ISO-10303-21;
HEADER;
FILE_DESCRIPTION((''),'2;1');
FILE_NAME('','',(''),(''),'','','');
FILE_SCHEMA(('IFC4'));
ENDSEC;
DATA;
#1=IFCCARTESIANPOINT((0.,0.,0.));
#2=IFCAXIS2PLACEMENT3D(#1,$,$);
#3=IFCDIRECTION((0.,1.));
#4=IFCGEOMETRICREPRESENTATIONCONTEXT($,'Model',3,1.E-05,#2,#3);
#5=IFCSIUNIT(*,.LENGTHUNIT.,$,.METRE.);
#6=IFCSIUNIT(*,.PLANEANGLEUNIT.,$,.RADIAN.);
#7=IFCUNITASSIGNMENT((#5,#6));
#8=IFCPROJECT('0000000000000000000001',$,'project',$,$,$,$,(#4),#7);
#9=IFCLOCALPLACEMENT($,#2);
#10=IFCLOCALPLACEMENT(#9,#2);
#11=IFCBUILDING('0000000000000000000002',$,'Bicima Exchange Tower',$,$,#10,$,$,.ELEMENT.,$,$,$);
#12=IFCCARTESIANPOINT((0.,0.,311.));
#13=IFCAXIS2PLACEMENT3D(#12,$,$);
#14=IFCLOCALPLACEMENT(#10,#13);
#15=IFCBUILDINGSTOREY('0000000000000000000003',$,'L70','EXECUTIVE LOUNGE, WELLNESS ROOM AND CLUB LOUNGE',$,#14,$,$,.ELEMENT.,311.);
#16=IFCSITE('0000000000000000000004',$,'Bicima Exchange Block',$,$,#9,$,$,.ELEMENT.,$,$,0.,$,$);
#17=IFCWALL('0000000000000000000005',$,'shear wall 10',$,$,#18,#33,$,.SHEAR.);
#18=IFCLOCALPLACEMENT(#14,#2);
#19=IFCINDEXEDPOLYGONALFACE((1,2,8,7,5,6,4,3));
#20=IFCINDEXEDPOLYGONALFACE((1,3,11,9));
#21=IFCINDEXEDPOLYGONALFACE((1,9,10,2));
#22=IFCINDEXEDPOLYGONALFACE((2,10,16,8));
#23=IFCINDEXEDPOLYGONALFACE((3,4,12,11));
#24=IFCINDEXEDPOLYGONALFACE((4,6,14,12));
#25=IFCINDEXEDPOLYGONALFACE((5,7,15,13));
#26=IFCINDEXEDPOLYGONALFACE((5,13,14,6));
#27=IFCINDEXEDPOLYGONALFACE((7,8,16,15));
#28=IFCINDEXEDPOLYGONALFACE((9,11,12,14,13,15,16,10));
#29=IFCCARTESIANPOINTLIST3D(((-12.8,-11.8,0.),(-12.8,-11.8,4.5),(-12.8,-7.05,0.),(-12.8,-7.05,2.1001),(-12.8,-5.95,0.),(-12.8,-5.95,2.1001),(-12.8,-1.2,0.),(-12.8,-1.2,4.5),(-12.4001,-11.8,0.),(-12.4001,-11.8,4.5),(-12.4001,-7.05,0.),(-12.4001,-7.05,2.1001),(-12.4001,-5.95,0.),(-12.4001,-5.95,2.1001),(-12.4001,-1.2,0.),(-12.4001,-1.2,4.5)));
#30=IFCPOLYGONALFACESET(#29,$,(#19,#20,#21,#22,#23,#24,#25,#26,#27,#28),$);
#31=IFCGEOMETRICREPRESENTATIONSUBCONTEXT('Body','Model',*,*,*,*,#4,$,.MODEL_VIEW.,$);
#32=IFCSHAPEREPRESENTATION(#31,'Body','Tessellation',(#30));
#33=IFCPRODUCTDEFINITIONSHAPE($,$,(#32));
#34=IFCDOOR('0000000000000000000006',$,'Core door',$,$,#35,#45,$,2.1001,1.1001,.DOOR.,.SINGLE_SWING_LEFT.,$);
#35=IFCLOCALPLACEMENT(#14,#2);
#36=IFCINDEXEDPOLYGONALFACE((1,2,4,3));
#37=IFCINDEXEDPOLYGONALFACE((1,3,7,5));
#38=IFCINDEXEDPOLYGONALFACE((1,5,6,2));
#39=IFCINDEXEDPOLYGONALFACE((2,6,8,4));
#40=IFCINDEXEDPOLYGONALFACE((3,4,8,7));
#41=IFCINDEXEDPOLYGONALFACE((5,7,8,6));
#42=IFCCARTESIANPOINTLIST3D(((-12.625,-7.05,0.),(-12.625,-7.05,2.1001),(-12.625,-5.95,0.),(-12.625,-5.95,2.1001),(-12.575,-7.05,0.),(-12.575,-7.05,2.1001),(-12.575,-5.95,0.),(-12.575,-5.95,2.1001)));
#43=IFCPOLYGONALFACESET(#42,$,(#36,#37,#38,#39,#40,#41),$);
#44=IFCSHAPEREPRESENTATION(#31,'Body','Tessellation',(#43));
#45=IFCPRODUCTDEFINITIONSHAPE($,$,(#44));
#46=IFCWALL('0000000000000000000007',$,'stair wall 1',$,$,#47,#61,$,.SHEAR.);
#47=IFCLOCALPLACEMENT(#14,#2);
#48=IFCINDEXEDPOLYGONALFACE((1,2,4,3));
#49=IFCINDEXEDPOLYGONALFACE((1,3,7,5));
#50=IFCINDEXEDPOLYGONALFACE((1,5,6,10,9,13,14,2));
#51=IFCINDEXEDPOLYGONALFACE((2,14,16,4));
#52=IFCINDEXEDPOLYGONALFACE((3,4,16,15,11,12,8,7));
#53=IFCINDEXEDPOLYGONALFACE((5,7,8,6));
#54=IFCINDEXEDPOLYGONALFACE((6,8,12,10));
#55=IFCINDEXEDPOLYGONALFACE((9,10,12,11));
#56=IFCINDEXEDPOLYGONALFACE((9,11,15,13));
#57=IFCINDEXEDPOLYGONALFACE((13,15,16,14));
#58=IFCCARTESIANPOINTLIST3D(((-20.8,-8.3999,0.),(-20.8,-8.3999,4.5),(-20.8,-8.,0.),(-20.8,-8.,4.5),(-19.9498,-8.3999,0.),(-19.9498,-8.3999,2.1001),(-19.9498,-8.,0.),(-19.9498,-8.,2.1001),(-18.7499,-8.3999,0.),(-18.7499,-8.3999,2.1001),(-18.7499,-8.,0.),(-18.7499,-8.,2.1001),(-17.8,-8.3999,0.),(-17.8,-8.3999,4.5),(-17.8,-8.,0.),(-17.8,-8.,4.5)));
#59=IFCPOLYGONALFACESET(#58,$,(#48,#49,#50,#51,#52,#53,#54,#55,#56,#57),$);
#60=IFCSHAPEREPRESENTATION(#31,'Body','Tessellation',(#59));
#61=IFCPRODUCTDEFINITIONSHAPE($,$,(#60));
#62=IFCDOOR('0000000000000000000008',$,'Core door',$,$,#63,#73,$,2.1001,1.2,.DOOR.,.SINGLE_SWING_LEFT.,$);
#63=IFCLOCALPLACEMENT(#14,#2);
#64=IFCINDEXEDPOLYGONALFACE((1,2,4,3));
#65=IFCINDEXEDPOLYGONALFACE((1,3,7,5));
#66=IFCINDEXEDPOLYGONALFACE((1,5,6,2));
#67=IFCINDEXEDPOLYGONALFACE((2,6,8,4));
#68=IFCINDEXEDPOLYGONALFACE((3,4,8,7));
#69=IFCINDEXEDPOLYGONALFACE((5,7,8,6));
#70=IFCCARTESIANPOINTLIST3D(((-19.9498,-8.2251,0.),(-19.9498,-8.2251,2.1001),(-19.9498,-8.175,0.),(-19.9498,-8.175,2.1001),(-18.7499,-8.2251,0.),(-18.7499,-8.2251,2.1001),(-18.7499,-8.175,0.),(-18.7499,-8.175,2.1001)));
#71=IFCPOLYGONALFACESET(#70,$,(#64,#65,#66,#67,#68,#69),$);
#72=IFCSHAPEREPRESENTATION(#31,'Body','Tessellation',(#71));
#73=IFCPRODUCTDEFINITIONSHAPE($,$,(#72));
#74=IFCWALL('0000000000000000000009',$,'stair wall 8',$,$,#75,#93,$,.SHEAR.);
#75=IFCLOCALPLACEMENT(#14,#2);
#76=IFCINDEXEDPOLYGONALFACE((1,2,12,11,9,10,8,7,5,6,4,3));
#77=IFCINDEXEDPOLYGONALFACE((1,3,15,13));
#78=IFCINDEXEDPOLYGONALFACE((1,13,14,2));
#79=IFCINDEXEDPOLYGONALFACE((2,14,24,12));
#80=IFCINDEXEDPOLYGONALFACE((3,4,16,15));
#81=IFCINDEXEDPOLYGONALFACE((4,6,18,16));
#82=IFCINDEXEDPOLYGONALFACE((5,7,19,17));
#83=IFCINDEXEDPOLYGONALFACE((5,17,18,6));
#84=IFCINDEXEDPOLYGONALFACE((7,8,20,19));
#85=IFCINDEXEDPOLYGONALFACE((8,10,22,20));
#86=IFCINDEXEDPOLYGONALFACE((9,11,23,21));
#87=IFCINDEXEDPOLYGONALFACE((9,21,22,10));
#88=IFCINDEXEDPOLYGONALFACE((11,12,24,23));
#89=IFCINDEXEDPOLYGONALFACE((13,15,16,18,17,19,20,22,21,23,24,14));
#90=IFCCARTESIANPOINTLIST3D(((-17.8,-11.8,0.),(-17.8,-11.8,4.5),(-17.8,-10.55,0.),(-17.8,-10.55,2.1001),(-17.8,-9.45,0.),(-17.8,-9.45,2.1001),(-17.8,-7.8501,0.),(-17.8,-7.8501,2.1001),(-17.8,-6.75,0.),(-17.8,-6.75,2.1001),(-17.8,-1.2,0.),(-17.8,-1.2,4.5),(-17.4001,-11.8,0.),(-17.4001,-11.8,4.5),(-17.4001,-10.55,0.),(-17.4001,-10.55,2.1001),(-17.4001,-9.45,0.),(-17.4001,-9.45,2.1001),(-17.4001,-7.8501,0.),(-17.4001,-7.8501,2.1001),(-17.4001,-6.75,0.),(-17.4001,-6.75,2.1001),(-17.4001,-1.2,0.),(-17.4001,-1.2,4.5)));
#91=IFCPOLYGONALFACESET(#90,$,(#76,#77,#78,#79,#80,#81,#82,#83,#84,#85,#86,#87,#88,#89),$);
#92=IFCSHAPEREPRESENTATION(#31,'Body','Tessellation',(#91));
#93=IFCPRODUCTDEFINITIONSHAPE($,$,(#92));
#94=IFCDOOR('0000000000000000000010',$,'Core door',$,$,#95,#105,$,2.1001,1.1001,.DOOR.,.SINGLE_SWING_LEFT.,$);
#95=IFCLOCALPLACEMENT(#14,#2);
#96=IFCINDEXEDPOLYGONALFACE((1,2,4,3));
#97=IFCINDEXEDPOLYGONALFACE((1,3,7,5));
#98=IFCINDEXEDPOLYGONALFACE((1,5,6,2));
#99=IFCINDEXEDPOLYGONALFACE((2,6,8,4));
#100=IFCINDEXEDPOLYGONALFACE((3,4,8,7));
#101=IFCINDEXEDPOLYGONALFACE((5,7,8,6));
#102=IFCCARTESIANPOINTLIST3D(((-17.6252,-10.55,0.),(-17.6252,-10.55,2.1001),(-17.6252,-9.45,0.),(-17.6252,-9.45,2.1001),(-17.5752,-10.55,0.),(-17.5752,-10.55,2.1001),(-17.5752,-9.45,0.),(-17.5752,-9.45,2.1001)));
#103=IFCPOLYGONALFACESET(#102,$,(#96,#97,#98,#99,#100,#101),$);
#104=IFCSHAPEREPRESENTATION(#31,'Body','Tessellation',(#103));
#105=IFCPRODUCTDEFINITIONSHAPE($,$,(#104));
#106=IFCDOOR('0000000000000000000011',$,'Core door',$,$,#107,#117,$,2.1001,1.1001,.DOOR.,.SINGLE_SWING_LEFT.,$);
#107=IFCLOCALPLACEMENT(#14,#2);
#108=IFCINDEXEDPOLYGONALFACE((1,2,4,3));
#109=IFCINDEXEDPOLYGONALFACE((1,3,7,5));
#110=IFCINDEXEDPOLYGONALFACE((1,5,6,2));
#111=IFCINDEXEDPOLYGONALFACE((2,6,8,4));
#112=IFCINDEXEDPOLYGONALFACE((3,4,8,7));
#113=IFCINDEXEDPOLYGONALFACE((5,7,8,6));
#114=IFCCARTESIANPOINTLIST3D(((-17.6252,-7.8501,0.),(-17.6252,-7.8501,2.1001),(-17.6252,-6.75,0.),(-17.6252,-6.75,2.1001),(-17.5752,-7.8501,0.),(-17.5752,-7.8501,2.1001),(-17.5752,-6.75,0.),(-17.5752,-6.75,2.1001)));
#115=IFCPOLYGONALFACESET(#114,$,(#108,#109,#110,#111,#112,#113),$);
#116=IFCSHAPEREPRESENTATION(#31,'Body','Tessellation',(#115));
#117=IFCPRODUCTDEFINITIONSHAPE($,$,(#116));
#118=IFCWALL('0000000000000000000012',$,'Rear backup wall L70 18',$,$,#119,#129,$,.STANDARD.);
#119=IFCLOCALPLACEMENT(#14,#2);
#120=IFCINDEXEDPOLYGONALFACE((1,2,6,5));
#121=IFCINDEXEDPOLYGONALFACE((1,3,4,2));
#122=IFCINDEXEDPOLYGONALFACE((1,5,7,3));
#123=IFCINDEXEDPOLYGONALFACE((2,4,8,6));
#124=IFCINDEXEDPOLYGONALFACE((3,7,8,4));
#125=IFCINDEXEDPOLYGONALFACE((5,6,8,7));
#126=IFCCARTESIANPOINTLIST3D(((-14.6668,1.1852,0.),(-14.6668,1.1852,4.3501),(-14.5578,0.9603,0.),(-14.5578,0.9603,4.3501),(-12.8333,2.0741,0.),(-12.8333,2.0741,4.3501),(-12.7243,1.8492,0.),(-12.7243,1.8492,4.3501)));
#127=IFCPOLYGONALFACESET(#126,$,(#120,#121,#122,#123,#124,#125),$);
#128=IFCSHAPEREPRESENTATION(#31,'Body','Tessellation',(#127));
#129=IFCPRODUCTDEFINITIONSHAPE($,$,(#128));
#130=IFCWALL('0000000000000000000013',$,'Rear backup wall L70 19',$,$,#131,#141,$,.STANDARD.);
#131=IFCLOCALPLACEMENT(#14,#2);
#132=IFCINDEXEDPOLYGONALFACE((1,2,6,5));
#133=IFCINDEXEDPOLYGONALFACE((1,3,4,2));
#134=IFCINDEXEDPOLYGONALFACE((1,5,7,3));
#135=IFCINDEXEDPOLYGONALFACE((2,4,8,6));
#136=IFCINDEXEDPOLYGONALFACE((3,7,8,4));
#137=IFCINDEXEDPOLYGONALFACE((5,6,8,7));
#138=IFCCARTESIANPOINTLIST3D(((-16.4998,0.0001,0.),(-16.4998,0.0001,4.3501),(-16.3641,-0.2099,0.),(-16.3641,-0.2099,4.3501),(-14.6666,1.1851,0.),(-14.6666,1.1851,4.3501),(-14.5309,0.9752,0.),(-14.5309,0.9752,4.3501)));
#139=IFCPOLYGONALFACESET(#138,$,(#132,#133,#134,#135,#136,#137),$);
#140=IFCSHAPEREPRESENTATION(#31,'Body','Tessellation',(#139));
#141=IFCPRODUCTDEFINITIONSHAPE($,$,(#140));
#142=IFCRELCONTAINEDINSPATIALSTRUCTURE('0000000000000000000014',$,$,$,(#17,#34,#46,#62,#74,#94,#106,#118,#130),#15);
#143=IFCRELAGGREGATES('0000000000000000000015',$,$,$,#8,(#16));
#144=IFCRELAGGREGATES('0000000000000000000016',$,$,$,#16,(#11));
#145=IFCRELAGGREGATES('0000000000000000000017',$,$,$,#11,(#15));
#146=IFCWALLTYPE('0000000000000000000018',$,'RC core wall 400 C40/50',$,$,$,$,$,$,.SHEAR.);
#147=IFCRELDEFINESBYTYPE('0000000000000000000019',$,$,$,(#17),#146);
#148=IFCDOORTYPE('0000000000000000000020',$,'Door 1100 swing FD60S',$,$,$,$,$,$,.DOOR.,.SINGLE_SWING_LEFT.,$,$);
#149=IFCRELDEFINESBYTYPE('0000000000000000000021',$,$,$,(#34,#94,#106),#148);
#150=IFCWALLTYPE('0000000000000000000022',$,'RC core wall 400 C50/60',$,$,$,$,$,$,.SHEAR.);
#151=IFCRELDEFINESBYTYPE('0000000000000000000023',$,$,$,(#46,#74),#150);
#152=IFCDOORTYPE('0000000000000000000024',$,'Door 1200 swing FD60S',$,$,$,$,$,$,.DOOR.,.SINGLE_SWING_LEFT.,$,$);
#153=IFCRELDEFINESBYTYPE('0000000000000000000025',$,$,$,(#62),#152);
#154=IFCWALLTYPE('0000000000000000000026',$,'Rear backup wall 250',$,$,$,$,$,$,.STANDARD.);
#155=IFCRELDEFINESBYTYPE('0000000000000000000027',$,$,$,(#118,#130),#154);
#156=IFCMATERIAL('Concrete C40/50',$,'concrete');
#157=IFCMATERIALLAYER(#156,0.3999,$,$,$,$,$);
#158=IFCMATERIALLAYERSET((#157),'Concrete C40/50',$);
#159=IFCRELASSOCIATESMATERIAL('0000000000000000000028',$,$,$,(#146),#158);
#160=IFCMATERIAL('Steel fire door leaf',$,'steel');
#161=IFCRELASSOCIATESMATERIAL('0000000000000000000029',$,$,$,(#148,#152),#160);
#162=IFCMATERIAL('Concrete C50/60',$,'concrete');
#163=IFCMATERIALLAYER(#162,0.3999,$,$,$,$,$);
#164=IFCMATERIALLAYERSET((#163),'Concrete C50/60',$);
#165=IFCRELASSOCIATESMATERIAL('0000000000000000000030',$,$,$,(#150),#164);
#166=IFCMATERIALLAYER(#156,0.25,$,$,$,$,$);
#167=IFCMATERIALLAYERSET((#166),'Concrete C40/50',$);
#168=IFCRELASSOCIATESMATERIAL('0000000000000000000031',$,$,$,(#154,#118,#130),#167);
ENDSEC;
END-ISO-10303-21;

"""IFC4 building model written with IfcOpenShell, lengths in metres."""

from ifc_helpers import new_model, si_unit, direction, frame, frame_2d, origin, place, context, subcontext, project, spatial, rectangle, extrude, material, layer, layer_set, layer_usage, type_object, element, fill, save


model = new_model("IFC4")

# Units and contexts
model_context = context("Model", 3, precision=1e-05, world=origin(), true_north=direction((0.0, 1.0)))
body_context = subcontext(model_context, "Body", "Model", "MODEL_VIEW")
ifc_project = project(units=[si_unit("LENGTHUNIT", "METRE"), si_unit("PLANEANGLEUNIT", "RADIAN")], contexts=[model_context])

# Site, building, storey
site_placement = place(None, origin())
site = spatial("IfcSite", under=ifc_project, at=site_placement, Name="Bicima Exchange Block", CompositionType="ELEMENT", RefElevation=0.0)
building_placement = place(site_placement, origin())
building = spatial("IfcBuilding", under=site, at=building_placement, Name="Bicima Exchange Tower", CompositionType="ELEMENT")
storey_placement = place(building_placement, frame((0.0, 0.0, 311.0)))
storey = spatial("IfcBuildingStorey", under=building, at=storey_placement, Name="L70", Description="EXECUTIVE LOUNGE, WELLNESS ROOM AND CLUB LOUNGE", CompositionType="ELEMENT", Elevation=311.0)

# Shared definitions
ifc_material_1 = material(Name="Concrete C40/50", Category="concrete")
ifc_layer_1 = layer(ifc_material_1, 0.3999)
ifc_layer_set_1 = layer_set([ifc_layer_1], Name="Concrete C40/50")
wall_type_1 = type_object("IfcWallType", Name="RC core wall 400 C40/50", PredefinedType="SHEAR", material=ifc_layer_set_1)

# Shared definitions
ifc_material_2 = material(Name="Steel fire door leaf", Category="steel")

# Walls, openings, doors
wall_1_placement = place(storey_placement, frame((-12.6001, -11.8, 0.0), z_axis=(0.0, 0.0, 1.0), x_axis=(0.0, 1.0, 0.0)))
wall_1 = element("IfcWall", 1, at=wall_1_placement, inside=storey, type_object=wall_type_1, Name="shear wall 10", PredefinedType="SHEAR", context=body_context, shape_type="SweptSolid", body=[
    extrude(rectangle(XDim=10.6001, YDim=0.3999, at=frame_2d((5.3, 0.0))), origin(), (0.0, 0.0, 1.0), 4.5),
])
opening_1_placement = place(wall_1_placement, frame((4.75, 0.0, 0.0)))
opening_1 = element("IfcOpeningElement", 2, at=opening_1_placement, cuts=wall_1, PredefinedType="OPENING", context=body_context, shape_type="SweptSolid", body=[
    extrude(rectangle(XDim=1.1001, YDim=2.1001, at=frame_2d((0.55, 1.05))), frame((0.0, 0.2119, 0.0), z_axis=(0.0, -1.0, 0.0), x_axis=(1.0, 0.0, 0.0)), (0.0, 0.0, 1.0), 0.4238),
])
door_type_1 = type_object("IfcDoorType", Name="Door 1100 swing FD60S", OperationType="SINGLE_SWING_LEFT", PredefinedType="DOOR", material=ifc_material_2)
door_1_placement = place(opening_1_placement, origin())
door_1 = element("IfcDoor", 3, at=door_1_placement, inside=storey, type_object=door_type_1, Name="Core door", OperationType="SINGLE_SWING_LEFT", OverallHeight=2.1001, OverallWidth=1.1001, PredefinedType="DOOR", context=body_context, shape_type="SweptSolid", body=[
    extrude(rectangle(XDim=1.1001, YDim=2.1001, at=frame_2d((0.55, 1.05))), frame((0.0, 0.0249, 0.0), z_axis=(0.0, -1.0, 0.0), x_axis=(1.0, 0.0, 0.0)), (0.0, 0.0, 1.0), 0.05),
])
fill(opening_1, door_1)
ifc_material_3 = material(Name="Concrete C50/60", Category="concrete")
ifc_layer_2 = layer(ifc_material_3, 0.3999)
ifc_layer_set_2 = layer_set([ifc_layer_2], Name="Concrete C50/60")
wall_type_2 = type_object("IfcWallType", Name="RC core wall 400 C50/60", PredefinedType="SHEAR", material=ifc_layer_set_2)
wall_2_placement = place(storey_placement, frame((-20.8, -8.2, 0.0), z_axis=(0.0, 0.0, 1.0), x_axis=(1.0, 0.0, 0.0)))
wall_2 = element("IfcWall", 4, at=wall_2_placement, inside=storey, type_object=wall_type_2, Name="stair wall 1", PredefinedType="SHEAR", context=body_context, shape_type="SweptSolid", body=[
    extrude(rectangle(XDim=3.0, YDim=0.3999, at=frame_2d((1.5, 0.0))), origin(), (0.0, 0.0, 1.0), 4.5),
])
opening_2_placement = place(wall_2_placement, frame((0.8501, 0.0, 0.0)))
opening_2 = element("IfcOpeningElement", 5, at=opening_2_placement, cuts=wall_2, PredefinedType="OPENING", context=body_context, shape_type="SweptSolid", body=[
    extrude(rectangle(XDim=1.2, YDim=2.1001, at=frame_2d((0.6001, 1.05))), frame((0.0, 0.2119, 0.0), z_axis=(0.0, -1.0, 0.0), x_axis=(1.0, 0.0, 0.0)), (0.0, 0.0, 1.0), 0.4238),
])
door_type_2 = type_object("IfcDoorType", Name="Door 1200 swing FD60S", OperationType="SINGLE_SWING_LEFT", PredefinedType="DOOR", material=ifc_material_2)
door_2_placement = place(opening_2_placement, origin())
door_2 = element("IfcDoor", 6, at=door_2_placement, inside=storey, type_object=door_type_2, Name="Core door", OperationType="SINGLE_SWING_LEFT", OverallHeight=2.1001, OverallWidth=1.2, PredefinedType="DOOR", context=body_context, shape_type="SweptSolid", body=[
    extrude(rectangle(XDim=1.2, YDim=2.1001, at=frame_2d((0.6001, 1.05))), frame((0.0, 0.0249, 0.0), z_axis=(0.0, -1.0, 0.0), x_axis=(1.0, 0.0, 0.0)), (0.0, 0.0, 1.0), 0.05),
])
fill(opening_2, door_2)

# Wall, openings, doors
wall_3_placement = place(storey_placement, frame((-17.6001, -11.8, 0.0), z_axis=(0.0, 0.0, 1.0), x_axis=(0.0, 1.0, 0.0)))
wall_3 = element("IfcWall", 7, at=wall_3_placement, inside=storey, type_object=wall_type_2, Name="stair wall 8", PredefinedType="SHEAR", context=body_context, shape_type="SweptSolid", body=[
    extrude(rectangle(XDim=10.6001, YDim=0.3999, at=frame_2d((5.3, 0.0))), origin(), (0.0, 0.0, 1.0), 4.5),
])
opening_3_placement = place(wall_3_placement, frame((1.25, 0.0, 0.0)))
opening_3 = element("IfcOpeningElement", 8, at=opening_3_placement, cuts=wall_3, PredefinedType="OPENING", context=body_context, shape_type="SweptSolid", body=[
    extrude(rectangle(XDim=1.1001, YDim=2.1001, at=frame_2d((0.55, 1.05))), frame((0.0, 0.2119, 0.0), z_axis=(0.0, -1.0, 0.0), x_axis=(1.0, 0.0, 0.0)), (0.0, 0.0, 1.0), 0.4238),
])
opening_4_placement = place(wall_3_placement, frame((3.95, 0.0, 0.0)))
opening_4 = element("IfcOpeningElement", 9, at=opening_4_placement, cuts=wall_3, PredefinedType="OPENING", context=body_context, shape_type="SweptSolid", body=[
    extrude(rectangle(XDim=1.1001, YDim=2.1001, at=frame_2d((0.55, 1.05))), frame((0.0, 0.2119, 0.0), z_axis=(0.0, -1.0, 0.0), x_axis=(1.0, 0.0, 0.0)), (0.0, 0.0, 1.0), 0.4238),
])
door_3_placement = place(opening_3_placement, frame((1.1001, 0.0, 0.0), z_axis=(0.0, 0.0, 1.0), x_axis=(-1.0, 0.0, 0.0)))
door_3 = element("IfcDoor", 10, at=door_3_placement, inside=storey, type_object=door_type_1, Name="Core door", OperationType="SINGLE_SWING_LEFT", OverallHeight=2.1001, OverallWidth=1.1001, PredefinedType="DOOR", context=body_context, shape_type="SweptSolid", body=[
    extrude(rectangle(XDim=1.1001, YDim=2.1001, at=frame_2d((0.55, 1.05))), frame((0.0, 0.0249, 0.0), z_axis=(0.0, -1.0, 0.0), x_axis=(1.0, 0.0, 0.0)), (0.0, 0.0, 1.0), 0.05),
])
fill(opening_3, door_3)
door_4_placement = place(opening_4_placement, frame((1.1001, 0.0, 0.0), z_axis=(0.0, 0.0, 1.0), x_axis=(-1.0, 0.0, 0.0)))
door_4 = element("IfcDoor", 11, at=door_4_placement, inside=storey, type_object=door_type_1, Name="Core door", OperationType="SINGLE_SWING_LEFT", OverallHeight=2.1001, OverallWidth=1.1001, PredefinedType="DOOR", context=body_context, shape_type="SweptSolid", body=[
    extrude(rectangle(XDim=1.1001, YDim=2.1001, at=frame_2d((0.55, 1.05))), frame((0.0, 0.0249, 0.0), z_axis=(0.0, -1.0, 0.0), x_axis=(1.0, 0.0, 0.0)), (0.0, 0.0, 1.0), 0.05),
])
fill(opening_4, door_4)

# Walls
ifc_layer_3 = layer(ifc_material_1, 0.25)
ifc_layer_set_3 = layer_set([ifc_layer_3], Name="Concrete C40/50")
ifc_layer_usage = layer_usage(ifc_layer_set_3, "AXIS2", "POSITIVE", -0.125)
wall_type_3 = type_object("IfcWallType", Name="Rear backup wall 250", PredefinedType="STANDARD", material=ifc_layer_set_3)
wall_4_placement = place(storey_placement, frame((-12.7788, 1.9617, 0.0), z_axis=(0.0, 0.0, 1.0), x_axis=(-0.899824, -0.436253, 0.0)))
element("IfcWall", 12, at=wall_4_placement, inside=storey, type_object=wall_type_3, material=ifc_layer_usage, Name="Rear backup wall L70 18", PredefinedType="STANDARD", context=body_context, shape_type="SweptSolid", body=[
    extrude(rectangle(XDim=2.0376, YDim=0.25, at=frame_2d((1.0188, 0.0))), origin(), (0.0, 0.0, 1.0), 4.3501),
])
wall_5_placement = place(storey_placement, frame((-14.5989, 1.0801, 0.0), z_axis=(0.0, 0.0, 1.0), x_axis=(-0.839813, -0.542876, 0.0)))
element("IfcWall", 13, at=wall_5_placement, inside=storey, type_object=wall_type_3, material=ifc_layer_usage, Name="Rear backup wall L70 19", PredefinedType="STANDARD", context=body_context, shape_type="SweptSolid", body=[
    extrude(rectangle(XDim=2.1829, YDim=0.25, at=frame_2d((1.0913, 0.0))), origin(), (0.0, 0.0, 1.0), 4.3501),
])

save(model, "model.ifc")
